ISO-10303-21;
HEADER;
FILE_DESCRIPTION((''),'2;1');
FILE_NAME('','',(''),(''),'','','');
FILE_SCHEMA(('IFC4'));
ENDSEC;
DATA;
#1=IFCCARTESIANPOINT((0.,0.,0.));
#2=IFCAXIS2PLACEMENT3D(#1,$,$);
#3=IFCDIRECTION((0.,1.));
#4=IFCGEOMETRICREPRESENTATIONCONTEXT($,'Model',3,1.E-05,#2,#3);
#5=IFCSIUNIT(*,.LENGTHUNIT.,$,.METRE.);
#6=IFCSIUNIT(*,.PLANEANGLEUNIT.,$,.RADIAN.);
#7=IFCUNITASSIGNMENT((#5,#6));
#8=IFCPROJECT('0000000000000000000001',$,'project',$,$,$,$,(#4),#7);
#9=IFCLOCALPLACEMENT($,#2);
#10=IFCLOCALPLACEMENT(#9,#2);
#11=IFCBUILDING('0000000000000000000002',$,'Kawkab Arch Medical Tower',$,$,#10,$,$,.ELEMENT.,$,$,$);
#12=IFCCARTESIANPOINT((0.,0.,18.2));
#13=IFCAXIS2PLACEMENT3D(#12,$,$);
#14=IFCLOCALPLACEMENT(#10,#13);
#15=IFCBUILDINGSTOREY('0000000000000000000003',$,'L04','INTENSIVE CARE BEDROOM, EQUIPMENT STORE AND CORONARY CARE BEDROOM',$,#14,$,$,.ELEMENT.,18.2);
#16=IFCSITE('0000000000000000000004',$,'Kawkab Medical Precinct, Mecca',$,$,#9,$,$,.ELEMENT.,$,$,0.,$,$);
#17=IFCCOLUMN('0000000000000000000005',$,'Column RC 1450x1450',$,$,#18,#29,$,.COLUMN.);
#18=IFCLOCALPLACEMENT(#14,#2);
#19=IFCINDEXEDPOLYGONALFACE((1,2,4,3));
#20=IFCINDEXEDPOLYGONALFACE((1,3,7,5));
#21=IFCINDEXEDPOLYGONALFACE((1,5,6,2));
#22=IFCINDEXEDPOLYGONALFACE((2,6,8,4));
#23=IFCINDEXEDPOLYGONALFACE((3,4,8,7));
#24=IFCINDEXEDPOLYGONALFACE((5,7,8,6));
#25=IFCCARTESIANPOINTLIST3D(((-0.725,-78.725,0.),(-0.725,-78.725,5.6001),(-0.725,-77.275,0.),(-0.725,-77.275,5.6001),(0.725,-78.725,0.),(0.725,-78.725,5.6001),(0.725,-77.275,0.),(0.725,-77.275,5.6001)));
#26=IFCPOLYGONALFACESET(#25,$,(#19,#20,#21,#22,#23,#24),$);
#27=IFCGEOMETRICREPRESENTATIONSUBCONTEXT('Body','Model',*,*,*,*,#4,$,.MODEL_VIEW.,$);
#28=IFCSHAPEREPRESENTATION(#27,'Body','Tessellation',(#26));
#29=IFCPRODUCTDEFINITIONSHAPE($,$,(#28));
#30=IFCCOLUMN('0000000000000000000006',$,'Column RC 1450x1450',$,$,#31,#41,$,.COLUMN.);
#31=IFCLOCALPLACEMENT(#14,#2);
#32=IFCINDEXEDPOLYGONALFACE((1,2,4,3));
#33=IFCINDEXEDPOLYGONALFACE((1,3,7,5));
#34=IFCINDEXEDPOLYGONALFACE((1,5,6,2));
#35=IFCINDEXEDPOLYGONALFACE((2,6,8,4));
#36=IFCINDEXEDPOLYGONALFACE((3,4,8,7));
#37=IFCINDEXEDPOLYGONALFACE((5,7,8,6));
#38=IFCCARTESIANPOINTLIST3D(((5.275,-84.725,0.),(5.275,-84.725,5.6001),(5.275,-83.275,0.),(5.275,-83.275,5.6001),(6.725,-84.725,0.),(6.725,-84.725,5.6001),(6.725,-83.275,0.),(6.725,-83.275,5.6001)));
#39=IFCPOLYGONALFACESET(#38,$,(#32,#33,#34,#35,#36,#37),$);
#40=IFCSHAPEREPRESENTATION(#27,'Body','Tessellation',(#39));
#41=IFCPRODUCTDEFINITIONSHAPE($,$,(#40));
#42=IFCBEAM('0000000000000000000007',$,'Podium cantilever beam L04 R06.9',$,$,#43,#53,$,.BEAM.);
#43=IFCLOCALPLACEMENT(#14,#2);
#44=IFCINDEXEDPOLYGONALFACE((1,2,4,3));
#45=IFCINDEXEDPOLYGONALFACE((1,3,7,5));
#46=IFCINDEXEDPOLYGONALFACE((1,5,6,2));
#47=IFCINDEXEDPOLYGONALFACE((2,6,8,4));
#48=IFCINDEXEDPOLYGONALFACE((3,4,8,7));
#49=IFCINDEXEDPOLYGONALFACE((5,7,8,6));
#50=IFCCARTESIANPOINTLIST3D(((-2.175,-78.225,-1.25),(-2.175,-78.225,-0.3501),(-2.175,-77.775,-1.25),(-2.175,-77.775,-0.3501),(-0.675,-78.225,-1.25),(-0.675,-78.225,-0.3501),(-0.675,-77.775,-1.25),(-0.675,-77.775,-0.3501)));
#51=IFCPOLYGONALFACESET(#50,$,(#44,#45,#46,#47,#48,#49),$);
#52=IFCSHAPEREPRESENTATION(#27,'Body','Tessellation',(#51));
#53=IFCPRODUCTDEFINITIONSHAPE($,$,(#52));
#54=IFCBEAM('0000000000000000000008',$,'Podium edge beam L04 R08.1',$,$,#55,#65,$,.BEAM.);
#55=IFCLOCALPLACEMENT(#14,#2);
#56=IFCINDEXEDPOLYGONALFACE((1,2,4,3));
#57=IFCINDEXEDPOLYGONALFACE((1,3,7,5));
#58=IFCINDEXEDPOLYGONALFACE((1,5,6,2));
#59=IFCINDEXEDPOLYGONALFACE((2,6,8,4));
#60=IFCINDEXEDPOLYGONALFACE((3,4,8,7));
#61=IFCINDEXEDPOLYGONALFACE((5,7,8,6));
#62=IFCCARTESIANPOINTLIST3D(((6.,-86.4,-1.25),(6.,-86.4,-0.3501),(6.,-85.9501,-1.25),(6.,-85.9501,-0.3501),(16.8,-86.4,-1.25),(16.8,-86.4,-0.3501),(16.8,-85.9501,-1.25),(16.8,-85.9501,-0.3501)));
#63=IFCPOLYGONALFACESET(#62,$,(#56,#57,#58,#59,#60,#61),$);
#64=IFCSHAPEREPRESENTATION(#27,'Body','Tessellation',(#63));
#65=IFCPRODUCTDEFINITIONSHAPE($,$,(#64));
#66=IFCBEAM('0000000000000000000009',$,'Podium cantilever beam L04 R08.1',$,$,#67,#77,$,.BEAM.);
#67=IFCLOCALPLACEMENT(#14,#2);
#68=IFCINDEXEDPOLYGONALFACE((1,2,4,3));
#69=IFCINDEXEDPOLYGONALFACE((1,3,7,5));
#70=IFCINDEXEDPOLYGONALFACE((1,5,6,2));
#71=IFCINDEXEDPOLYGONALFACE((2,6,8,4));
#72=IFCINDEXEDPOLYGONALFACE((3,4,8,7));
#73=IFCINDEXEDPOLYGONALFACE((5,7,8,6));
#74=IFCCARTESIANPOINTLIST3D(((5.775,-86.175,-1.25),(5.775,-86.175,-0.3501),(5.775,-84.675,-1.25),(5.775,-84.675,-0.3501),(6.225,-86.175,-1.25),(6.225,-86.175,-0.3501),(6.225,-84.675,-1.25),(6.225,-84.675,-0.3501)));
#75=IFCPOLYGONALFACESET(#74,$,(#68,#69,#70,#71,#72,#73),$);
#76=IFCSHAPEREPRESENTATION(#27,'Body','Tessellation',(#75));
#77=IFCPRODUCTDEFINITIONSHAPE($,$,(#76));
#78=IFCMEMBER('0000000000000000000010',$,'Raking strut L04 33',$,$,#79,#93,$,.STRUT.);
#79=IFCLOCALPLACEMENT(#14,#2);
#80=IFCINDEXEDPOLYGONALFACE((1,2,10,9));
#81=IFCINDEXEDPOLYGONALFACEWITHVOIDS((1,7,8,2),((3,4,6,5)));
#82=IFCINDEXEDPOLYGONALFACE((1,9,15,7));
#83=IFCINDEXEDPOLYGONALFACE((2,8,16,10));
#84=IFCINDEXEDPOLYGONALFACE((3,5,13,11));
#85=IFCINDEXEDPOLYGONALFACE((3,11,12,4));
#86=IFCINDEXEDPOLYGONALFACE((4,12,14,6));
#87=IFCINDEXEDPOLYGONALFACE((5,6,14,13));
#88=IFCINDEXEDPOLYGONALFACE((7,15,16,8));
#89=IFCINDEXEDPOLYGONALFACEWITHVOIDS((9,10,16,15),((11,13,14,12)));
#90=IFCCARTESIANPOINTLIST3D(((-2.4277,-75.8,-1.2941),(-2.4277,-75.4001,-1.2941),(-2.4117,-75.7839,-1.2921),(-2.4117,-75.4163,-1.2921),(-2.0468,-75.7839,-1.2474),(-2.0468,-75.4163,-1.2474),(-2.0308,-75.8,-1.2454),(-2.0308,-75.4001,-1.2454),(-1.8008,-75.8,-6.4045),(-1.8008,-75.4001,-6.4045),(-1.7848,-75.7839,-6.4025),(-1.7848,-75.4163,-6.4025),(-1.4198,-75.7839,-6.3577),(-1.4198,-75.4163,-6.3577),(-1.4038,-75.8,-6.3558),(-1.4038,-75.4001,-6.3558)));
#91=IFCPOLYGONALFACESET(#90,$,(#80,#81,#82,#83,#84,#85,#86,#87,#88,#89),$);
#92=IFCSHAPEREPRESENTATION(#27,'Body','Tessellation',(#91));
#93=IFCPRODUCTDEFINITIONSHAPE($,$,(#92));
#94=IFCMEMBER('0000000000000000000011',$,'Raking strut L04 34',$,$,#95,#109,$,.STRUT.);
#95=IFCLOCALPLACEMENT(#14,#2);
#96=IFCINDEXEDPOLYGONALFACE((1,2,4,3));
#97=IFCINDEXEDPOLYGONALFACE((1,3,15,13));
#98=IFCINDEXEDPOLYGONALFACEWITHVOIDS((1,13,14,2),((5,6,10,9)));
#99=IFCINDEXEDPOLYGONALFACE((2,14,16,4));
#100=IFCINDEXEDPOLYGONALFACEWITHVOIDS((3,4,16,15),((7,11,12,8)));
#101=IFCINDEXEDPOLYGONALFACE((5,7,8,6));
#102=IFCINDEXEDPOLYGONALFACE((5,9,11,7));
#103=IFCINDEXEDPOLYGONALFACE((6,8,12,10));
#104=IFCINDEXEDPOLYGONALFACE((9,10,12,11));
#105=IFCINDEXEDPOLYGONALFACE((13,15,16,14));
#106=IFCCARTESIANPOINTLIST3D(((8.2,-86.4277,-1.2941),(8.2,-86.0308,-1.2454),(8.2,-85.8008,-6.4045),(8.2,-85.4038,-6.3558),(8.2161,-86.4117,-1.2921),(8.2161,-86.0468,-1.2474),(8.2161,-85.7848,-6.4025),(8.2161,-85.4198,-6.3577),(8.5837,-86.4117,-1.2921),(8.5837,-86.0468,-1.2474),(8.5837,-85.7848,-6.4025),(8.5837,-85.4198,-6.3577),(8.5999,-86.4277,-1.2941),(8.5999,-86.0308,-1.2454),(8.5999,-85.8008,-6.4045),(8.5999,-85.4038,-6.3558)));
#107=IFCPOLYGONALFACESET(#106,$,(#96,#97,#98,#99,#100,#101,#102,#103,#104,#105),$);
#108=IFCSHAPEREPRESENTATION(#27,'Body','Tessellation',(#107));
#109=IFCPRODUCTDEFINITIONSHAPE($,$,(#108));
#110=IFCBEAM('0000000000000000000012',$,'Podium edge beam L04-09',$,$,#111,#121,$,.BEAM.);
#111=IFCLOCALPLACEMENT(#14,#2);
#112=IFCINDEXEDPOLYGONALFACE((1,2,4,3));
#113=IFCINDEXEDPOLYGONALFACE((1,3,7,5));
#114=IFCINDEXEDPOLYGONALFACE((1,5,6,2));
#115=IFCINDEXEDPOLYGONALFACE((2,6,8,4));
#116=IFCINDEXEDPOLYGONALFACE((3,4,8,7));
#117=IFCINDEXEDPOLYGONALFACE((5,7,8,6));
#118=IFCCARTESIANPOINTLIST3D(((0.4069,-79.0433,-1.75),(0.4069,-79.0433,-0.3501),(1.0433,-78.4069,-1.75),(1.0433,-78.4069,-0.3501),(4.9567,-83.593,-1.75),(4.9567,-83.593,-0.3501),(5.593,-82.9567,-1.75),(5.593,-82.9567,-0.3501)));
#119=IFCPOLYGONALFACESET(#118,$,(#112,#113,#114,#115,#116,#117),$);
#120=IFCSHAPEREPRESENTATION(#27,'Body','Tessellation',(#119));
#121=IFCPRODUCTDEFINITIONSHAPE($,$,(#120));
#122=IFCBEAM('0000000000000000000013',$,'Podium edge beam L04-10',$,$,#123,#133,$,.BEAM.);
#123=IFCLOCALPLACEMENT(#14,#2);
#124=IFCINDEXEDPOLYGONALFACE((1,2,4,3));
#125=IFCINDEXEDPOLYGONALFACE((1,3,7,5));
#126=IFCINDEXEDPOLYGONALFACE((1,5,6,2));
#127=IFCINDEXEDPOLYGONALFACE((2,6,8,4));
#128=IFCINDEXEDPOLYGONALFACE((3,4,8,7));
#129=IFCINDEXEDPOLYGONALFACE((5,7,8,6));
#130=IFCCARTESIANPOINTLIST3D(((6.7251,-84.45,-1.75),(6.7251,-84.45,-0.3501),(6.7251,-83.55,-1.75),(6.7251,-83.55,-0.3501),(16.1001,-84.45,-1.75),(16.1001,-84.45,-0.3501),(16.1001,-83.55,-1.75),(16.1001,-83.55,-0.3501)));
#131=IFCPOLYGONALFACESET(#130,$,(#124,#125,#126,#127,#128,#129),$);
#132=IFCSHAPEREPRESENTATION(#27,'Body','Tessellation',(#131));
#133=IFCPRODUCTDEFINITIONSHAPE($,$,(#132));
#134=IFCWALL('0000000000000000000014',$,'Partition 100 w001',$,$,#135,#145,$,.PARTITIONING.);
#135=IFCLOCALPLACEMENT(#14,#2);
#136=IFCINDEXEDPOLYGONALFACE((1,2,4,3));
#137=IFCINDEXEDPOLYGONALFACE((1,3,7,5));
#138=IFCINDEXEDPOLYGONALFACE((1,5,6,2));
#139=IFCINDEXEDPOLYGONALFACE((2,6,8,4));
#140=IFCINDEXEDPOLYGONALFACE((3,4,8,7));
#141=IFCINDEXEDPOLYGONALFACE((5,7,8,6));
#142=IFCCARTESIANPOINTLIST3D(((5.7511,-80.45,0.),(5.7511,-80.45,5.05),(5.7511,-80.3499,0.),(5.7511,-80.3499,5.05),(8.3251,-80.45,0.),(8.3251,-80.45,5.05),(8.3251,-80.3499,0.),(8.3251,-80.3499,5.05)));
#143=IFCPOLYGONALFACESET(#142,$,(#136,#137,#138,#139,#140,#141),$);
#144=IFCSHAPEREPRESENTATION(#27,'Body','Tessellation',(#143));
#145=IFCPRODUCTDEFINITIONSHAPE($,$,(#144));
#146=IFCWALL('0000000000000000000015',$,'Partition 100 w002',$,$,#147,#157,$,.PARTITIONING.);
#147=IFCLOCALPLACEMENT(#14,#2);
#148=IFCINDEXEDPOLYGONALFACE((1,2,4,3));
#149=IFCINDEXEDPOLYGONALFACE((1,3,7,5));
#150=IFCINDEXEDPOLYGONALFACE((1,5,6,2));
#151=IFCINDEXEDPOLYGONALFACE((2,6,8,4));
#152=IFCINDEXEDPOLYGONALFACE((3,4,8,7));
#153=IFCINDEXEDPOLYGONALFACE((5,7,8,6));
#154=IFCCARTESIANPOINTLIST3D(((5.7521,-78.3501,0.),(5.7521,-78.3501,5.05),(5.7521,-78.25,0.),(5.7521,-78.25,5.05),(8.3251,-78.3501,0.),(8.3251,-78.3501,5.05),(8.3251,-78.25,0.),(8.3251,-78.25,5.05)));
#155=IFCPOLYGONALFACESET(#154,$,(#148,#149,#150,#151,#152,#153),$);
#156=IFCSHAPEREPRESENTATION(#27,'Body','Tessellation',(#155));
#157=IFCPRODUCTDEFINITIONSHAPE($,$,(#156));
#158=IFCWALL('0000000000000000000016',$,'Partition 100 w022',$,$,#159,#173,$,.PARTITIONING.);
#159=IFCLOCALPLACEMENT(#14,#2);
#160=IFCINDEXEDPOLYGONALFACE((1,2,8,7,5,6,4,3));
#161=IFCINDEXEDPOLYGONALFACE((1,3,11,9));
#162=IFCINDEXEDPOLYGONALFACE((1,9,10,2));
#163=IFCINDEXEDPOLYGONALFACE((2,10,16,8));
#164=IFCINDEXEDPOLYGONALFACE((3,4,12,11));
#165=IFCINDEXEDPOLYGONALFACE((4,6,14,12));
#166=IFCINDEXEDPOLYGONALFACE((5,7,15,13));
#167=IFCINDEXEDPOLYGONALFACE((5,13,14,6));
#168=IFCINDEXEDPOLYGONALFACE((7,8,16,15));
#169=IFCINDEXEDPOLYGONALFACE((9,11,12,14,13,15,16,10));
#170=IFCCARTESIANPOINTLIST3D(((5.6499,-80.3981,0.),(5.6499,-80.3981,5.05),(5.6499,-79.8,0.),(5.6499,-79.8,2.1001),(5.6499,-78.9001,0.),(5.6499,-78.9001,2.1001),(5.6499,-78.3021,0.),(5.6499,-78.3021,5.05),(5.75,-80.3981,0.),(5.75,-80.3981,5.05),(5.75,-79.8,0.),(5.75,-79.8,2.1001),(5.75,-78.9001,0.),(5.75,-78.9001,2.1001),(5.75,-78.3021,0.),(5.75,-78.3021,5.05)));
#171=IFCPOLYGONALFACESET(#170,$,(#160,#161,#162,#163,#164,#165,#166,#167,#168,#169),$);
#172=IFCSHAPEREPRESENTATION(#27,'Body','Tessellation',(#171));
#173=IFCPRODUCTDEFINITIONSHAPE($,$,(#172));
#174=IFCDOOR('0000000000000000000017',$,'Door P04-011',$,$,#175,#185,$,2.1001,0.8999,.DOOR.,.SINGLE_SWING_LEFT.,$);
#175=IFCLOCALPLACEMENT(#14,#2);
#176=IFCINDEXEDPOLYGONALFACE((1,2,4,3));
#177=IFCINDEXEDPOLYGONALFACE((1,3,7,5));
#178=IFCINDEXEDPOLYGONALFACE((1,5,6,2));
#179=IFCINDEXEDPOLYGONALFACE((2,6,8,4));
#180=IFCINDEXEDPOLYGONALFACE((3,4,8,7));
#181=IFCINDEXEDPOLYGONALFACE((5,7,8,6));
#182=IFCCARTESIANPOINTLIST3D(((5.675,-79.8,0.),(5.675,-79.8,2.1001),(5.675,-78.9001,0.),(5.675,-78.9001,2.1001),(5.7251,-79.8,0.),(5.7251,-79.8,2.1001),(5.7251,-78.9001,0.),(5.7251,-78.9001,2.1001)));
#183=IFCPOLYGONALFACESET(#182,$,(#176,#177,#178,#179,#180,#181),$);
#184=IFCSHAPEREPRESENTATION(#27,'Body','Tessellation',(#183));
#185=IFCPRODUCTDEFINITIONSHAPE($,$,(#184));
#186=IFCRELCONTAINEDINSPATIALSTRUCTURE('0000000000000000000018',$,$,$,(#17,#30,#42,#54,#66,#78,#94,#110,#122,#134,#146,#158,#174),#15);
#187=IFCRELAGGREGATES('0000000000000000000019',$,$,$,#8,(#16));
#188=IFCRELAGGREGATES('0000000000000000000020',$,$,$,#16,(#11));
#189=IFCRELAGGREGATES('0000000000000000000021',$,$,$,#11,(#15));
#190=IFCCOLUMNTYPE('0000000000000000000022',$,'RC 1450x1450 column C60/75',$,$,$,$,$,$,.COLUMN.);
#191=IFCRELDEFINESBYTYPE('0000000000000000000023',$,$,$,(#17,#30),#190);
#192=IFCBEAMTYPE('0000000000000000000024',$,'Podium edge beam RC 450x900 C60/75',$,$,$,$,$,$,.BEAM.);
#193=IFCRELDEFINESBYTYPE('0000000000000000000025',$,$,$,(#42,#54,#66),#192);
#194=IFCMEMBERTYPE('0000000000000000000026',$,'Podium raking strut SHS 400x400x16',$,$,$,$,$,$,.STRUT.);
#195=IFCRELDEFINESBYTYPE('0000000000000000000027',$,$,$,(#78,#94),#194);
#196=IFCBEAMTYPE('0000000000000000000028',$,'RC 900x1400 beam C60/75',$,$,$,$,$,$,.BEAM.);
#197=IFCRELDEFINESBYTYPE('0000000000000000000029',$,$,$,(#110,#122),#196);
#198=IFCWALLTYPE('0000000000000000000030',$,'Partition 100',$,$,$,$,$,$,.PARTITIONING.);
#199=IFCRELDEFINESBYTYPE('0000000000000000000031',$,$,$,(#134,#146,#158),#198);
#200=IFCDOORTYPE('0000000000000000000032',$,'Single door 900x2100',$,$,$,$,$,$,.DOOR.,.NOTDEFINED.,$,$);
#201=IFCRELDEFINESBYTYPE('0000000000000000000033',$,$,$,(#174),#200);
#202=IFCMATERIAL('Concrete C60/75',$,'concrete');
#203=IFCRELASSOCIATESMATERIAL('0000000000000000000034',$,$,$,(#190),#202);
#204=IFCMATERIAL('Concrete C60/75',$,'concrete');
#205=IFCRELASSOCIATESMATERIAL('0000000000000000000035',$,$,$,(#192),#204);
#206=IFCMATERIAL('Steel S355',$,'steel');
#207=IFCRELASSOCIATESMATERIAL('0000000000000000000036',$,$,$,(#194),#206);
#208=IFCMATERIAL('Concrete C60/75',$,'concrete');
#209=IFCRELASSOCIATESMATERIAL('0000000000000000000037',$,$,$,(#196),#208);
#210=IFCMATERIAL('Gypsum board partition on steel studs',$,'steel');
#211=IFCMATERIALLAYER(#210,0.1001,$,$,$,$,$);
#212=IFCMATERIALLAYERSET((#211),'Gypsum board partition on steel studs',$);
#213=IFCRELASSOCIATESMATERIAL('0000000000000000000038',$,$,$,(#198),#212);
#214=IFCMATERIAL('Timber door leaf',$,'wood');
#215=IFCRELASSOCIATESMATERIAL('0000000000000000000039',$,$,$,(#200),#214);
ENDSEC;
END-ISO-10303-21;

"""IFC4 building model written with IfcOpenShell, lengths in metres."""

from ifc_helpers import new_model, si_unit, direction, frame, frame_2d, origin, origin_2d, place, context, subcontext, project, spatial, rectangle, hollow_rectangle, extrude, material, layer, layer_set, material_profile, profile_set, type_object, element, fill, save


model = new_model("IFC4")

# Units and contexts
model_context = context("Model", 3, precision=1e-05, world=origin(), true_north=direction((0.0, 1.0)))
body_context = subcontext(model_context, "Body", "Model", "MODEL_VIEW")
ifc_project = project(units=[si_unit("LENGTHUNIT", "METRE"), si_unit("PLANEANGLEUNIT", "RADIAN")], contexts=[model_context])

# Site, building, storey
site_placement = place(None, origin())
site = spatial("IfcSite", under=ifc_project, at=site_placement, Name="Kawkab Medical Precinct, Mecca", CompositionType="ELEMENT", RefElevation=0.0)
building_placement = place(site_placement, origin())
building = spatial("IfcBuilding", under=site, at=building_placement, Name="Kawkab Arch Medical Tower", CompositionType="ELEMENT")
storey_placement = place(building_placement, frame((0.0, 0.0, 18.2)))
storey = spatial("IfcBuildingStorey", under=building, at=storey_placement, Name="L04", Description="INTENSIVE CARE BEDROOM, EQUIPMENT STORE AND CORONARY CARE BEDROOM", CompositionType="ELEMENT", Elevation=18.2)

# Columns
ifc_material_1 = material(Name="Concrete C60/75", Category="concrete")
ifc_material_profile_1 = material_profile(ifc_material_1, rectangle(XDim=1.45, YDim=1.45, at=origin_2d()), Name="RC 1450x1450")
ifc_profile_set_1 = profile_set([ifc_material_profile_1], Name="Concrete C60/75")
column_type = type_object("IfcColumnType", Name="RC 1450x1450 column C60/75", PredefinedType="COLUMN", material=ifc_profile_set_1)
for number, where, z_axis, x_axis, name in (
    (1, (0.0, -78.0, 0.0), (0.0, 0.0, 1.0), (1.0, 0.0, 0.0), "Column RC 1450x1450"),
    (2, (6.0, -84.0, 0.0), (0.0, 0.0, 1.0), (1.0, 0.0, 0.0), "Column RC 1450x1450"),
):
    element("IfcColumn", number, at=place(storey_placement, frame(where, z_axis=z_axis, x_axis=x_axis)), inside=storey, type_object=column_type, Name=name, PredefinedType="COLUMN", context=body_context, shape_type="SweptSolid", body=[
        extrude(rectangle(XDim=1.45, YDim=1.45, at=origin_2d()), origin(), (0.0, 0.0, 1.0), 5.6001),
    ])

# Beams
ifc_material_2 = material(Name="Concrete C60/75", Category="concrete")
ifc_material_profile_2 = material_profile(ifc_material_2, rectangle(XDim=0.45, YDim=0.8999, at=origin_2d()), Name="RC 450x900")
ifc_profile_set_2 = profile_set([ifc_material_profile_2], Name="Concrete C60/75")
beam_type_1 = type_object("IfcBeamType", Name="Podium edge beam RC 450x900 C60/75", PredefinedType="BEAM", material=ifc_profile_set_2)
beam_1_placement = place(storey_placement, frame((-0.675, -78.0, -0.8), z_axis=(-1.0, 0.0, 0.0), x_axis=(0.0, -1.0, 0.0)))
element("IfcBeam", 3, at=beam_1_placement, inside=storey, type_object=beam_type_1, Name="Podium cantilever beam L04 R06.9", PredefinedType="BEAM", context=body_context, shape_type="SweptSolid", body=[
    extrude(rectangle(XDim=0.45, YDim=0.8999, at=origin_2d()), origin(), (0.0, 0.0, 1.0), 1.5),
])
beam_2_placement = place(storey_placement, frame((6.0, -86.175, -0.8), z_axis=(1.0, 0.0, 0.0), x_axis=(0.0, 1.0, 0.0)))
element("IfcBeam", 4, at=beam_2_placement, inside=storey, type_object=beam_type_1, Name="Podium edge beam L04 R08.1", PredefinedType="BEAM", context=body_context, shape_type="SweptSolid", body=[
    extrude(rectangle(XDim=0.45, YDim=0.8999, at=origin_2d()), origin(), (0.0, 0.0, 1.0), 10.8),
])
beam_3_placement = place(storey_placement, frame((6.0, -84.675, -0.8), z_axis=(0.0, -1.0, 0.0), x_axis=(1.0, 0.0, 0.0)))
element("IfcBeam", 5, at=beam_3_placement, inside=storey, type_object=beam_type_1, Name="Podium cantilever beam L04 R08.1", PredefinedType="BEAM", context=body_context, shape_type="SweptSolid", body=[
    extrude(rectangle(XDim=0.45, YDim=0.8999, at=origin_2d()), origin(), (0.0, 0.0, 1.0), 1.5),
])

# Members
ifc_material_3 = material(Name="Steel S355", Category="steel")
ifc_material_profile_3 = material_profile(ifc_material_3, hollow_rectangle(XDim=0.3999, YDim=0.3999, WallThickness=0.0161, at=origin_2d()), Name="SHS 400x400x16")
ifc_profile_set_3 = profile_set([ifc_material_profile_3], Name="Steel S355")
member_type = type_object("IfcMemberType", Name="Podium raking strut SHS 400x400x16", PredefinedType="STRUT", material=ifc_profile_set_3)
for number, where, z_axis, x_axis, name in (
    (6, (-1.6023, -75.6001, -6.3801), (-0.12177, 0.0, 0.992558), (0.0, -1.0, 0.0), "Raking strut L04 33"),
    (7, (8.3999, -85.6023, -6.3801), (0.0, -0.12177, 0.992558), (1.0, 0.0, 0.0), "Raking strut L04 34"),
):
    element("IfcMember", number, at=place(storey_placement, frame(where, z_axis=z_axis, x_axis=x_axis)), inside=storey, type_object=member_type, Name=name, PredefinedType="STRUT", context=body_context, shape_type="SweptSolid", body=[
        extrude(hollow_rectangle(XDim=0.3999, YDim=0.3999, WallThickness=0.0161, at=origin_2d()), origin(), (0.0, 0.0, 1.0), 5.1487),
    ])

# Beams
ifc_material_4 = material(Name="Concrete C60/75", Category="concrete")
ifc_material_profile_4 = material_profile(ifc_material_4, rectangle(XDim=0.8999, YDim=1.3999, at=origin_2d()), Name="RC 900x1400")
ifc_profile_set_4 = profile_set([ifc_material_profile_4], Name="Concrete C60/75")
beam_type_2 = type_object("IfcBeamType", Name="RC 900x1400 beam C60/75", PredefinedType="BEAM", material=ifc_profile_set_4)
beam_4_placement = place(storey_placement, frame((0.7251, -78.7251, -1.05), z_axis=(0.707107, -0.707107, 0.0), x_axis=(0.707107, 0.707107, 0.0)))
element("IfcBeam", 8, at=beam_4_placement, inside=storey, type_object=beam_type_2, Name="Podium edge beam L04-09", PredefinedType="BEAM", context=body_context, shape_type="SweptSolid", body=[
    extrude(rectangle(XDim=0.8999, YDim=1.3999, at=origin_2d()), origin(), (0.0, 0.0, 1.0), 6.4343),
])
beam_5_placement = place(storey_placement, frame((6.7251, -84.0, -1.05), z_axis=(1.0, 0.0, 0.0), x_axis=(0.0, 1.0, 0.0)))
element("IfcBeam", 9, at=beam_5_placement, inside=storey, type_object=beam_type_2, Name="Podium edge beam L04-10", PredefinedType="BEAM", context=body_context, shape_type="SweptSolid", body=[
    extrude(rectangle(XDim=0.8999, YDim=1.3999, at=origin_2d()), origin(), (0.0, 0.0, 1.0), 9.375),
])

# Walls
ifc_material_5 = material(Name="Gypsum board partition on steel studs", Category="steel")
ifc_layer_1 = layer(ifc_material_5, 0.1001)
ifc_layer_set_1 = layer_set([ifc_layer_1], Name="Gypsum board partition on steel studs")
wall_type_1 = type_object("IfcWallType", Name="Partition 100", PredefinedType="PARTITIONING", material=ifc_layer_set_1)
wall_1_placement = place(storey_placement, frame((5.751, -80.3999, 0.0), z_axis=(0.0, 0.0, 1.0), x_axis=(1.0, 0.0, 0.0)))
element("IfcWall", 10, at=wall_1_placement, inside=storey, type_object=wall_type_1, Name="Partition 100 w001", PredefinedType="PARTITIONING", context=body_context, shape_type="SweptSolid", body=[
    extrude(rectangle(XDim=2.574, YDim=0.1001, at=frame_2d((1.2871, 0.0))), origin(), (0.0, 0.0, 1.0), 5.05),
])
wall_2_placement = place(storey_placement, frame((5.752, -78.3, 0.0), z_axis=(0.0, 0.0, 1.0), x_axis=(1.0, 0.0, 0.0)))
element("IfcWall", 11, at=wall_2_placement, inside=storey, type_object=wall_type_1, Name="Partition 100 w002", PredefinedType="PARTITIONING", context=body_context, shape_type="SweptSolid", body=[
    extrude(rectangle(XDim=2.573, YDim=0.1001, at=frame_2d((1.2866, 0.0))), origin(), (0.0, 0.0, 1.0), 5.05),
])

# Wall, opening, door
wall_3_placement = place(storey_placement, frame((5.7, -80.3979, 0.0), z_axis=(0.0, 0.0, 1.0), x_axis=(0.0, 1.0, 0.0)))
wall_3 = element("IfcWall", 12, at=wall_3_placement, inside=storey, type_object=wall_type_1, Name="Partition 100 w022", PredefinedType="PARTITIONING", context=body_context, shape_type="SweptSolid", body=[
    extrude(rectangle(XDim=2.0959, YDim=0.1001, at=frame_2d((1.0479, 0.0))), origin(), (0.0, 0.0, 1.0), 5.05),
])
opening_1_placement = place(wall_3_placement, frame((0.5979, 0.0, 0.0)))
opening_1 = element("IfcOpeningElement", 13, at=opening_1_placement, cuts=wall_3, PredefinedType="OPENING", context=body_context, shape_type="SweptSolid", body=[
    extrude(rectangle(XDim=0.8999, YDim=2.1001, at=frame_2d((0.45, 1.05))), frame((0.0, 0.0601, 0.0), z_axis=(0.0, -1.0, 0.0), x_axis=(1.0, 0.0, 0.0)), (0.0, 0.0, 1.0), 0.1201),
])
ifc_material_6 = material(Name="Timber door leaf", Category="wood")
door_type_1 = type_object("IfcDoorType", Name="Single door 900x2100", OperationType="NOTDEFINED", PredefinedType="DOOR", material=ifc_material_6)
door_1_placement = place(opening_1_placement, origin())
door_1 = element("IfcDoor", 14, at=door_1_placement, inside=storey, type_object=door_type_1, Name="Door P04-011", OperationType="SINGLE_SWING_LEFT", OverallHeight=2.1001, OverallWidth=0.8999, PredefinedType="DOOR", context=body_context, shape_type="SweptSolid", body=[
    extrude(rectangle(XDim=0.8999, YDim=2.1001, at=frame_2d((0.45, 1.05))), frame((0.0, 0.0249, 0.0), z_axis=(0.0, -1.0, 0.0), x_axis=(1.0, 0.0, 0.0)), (0.0, 0.0, 1.0), 0.05),
])
fill(opening_1, door_1)

save(model, "model.ifc")
